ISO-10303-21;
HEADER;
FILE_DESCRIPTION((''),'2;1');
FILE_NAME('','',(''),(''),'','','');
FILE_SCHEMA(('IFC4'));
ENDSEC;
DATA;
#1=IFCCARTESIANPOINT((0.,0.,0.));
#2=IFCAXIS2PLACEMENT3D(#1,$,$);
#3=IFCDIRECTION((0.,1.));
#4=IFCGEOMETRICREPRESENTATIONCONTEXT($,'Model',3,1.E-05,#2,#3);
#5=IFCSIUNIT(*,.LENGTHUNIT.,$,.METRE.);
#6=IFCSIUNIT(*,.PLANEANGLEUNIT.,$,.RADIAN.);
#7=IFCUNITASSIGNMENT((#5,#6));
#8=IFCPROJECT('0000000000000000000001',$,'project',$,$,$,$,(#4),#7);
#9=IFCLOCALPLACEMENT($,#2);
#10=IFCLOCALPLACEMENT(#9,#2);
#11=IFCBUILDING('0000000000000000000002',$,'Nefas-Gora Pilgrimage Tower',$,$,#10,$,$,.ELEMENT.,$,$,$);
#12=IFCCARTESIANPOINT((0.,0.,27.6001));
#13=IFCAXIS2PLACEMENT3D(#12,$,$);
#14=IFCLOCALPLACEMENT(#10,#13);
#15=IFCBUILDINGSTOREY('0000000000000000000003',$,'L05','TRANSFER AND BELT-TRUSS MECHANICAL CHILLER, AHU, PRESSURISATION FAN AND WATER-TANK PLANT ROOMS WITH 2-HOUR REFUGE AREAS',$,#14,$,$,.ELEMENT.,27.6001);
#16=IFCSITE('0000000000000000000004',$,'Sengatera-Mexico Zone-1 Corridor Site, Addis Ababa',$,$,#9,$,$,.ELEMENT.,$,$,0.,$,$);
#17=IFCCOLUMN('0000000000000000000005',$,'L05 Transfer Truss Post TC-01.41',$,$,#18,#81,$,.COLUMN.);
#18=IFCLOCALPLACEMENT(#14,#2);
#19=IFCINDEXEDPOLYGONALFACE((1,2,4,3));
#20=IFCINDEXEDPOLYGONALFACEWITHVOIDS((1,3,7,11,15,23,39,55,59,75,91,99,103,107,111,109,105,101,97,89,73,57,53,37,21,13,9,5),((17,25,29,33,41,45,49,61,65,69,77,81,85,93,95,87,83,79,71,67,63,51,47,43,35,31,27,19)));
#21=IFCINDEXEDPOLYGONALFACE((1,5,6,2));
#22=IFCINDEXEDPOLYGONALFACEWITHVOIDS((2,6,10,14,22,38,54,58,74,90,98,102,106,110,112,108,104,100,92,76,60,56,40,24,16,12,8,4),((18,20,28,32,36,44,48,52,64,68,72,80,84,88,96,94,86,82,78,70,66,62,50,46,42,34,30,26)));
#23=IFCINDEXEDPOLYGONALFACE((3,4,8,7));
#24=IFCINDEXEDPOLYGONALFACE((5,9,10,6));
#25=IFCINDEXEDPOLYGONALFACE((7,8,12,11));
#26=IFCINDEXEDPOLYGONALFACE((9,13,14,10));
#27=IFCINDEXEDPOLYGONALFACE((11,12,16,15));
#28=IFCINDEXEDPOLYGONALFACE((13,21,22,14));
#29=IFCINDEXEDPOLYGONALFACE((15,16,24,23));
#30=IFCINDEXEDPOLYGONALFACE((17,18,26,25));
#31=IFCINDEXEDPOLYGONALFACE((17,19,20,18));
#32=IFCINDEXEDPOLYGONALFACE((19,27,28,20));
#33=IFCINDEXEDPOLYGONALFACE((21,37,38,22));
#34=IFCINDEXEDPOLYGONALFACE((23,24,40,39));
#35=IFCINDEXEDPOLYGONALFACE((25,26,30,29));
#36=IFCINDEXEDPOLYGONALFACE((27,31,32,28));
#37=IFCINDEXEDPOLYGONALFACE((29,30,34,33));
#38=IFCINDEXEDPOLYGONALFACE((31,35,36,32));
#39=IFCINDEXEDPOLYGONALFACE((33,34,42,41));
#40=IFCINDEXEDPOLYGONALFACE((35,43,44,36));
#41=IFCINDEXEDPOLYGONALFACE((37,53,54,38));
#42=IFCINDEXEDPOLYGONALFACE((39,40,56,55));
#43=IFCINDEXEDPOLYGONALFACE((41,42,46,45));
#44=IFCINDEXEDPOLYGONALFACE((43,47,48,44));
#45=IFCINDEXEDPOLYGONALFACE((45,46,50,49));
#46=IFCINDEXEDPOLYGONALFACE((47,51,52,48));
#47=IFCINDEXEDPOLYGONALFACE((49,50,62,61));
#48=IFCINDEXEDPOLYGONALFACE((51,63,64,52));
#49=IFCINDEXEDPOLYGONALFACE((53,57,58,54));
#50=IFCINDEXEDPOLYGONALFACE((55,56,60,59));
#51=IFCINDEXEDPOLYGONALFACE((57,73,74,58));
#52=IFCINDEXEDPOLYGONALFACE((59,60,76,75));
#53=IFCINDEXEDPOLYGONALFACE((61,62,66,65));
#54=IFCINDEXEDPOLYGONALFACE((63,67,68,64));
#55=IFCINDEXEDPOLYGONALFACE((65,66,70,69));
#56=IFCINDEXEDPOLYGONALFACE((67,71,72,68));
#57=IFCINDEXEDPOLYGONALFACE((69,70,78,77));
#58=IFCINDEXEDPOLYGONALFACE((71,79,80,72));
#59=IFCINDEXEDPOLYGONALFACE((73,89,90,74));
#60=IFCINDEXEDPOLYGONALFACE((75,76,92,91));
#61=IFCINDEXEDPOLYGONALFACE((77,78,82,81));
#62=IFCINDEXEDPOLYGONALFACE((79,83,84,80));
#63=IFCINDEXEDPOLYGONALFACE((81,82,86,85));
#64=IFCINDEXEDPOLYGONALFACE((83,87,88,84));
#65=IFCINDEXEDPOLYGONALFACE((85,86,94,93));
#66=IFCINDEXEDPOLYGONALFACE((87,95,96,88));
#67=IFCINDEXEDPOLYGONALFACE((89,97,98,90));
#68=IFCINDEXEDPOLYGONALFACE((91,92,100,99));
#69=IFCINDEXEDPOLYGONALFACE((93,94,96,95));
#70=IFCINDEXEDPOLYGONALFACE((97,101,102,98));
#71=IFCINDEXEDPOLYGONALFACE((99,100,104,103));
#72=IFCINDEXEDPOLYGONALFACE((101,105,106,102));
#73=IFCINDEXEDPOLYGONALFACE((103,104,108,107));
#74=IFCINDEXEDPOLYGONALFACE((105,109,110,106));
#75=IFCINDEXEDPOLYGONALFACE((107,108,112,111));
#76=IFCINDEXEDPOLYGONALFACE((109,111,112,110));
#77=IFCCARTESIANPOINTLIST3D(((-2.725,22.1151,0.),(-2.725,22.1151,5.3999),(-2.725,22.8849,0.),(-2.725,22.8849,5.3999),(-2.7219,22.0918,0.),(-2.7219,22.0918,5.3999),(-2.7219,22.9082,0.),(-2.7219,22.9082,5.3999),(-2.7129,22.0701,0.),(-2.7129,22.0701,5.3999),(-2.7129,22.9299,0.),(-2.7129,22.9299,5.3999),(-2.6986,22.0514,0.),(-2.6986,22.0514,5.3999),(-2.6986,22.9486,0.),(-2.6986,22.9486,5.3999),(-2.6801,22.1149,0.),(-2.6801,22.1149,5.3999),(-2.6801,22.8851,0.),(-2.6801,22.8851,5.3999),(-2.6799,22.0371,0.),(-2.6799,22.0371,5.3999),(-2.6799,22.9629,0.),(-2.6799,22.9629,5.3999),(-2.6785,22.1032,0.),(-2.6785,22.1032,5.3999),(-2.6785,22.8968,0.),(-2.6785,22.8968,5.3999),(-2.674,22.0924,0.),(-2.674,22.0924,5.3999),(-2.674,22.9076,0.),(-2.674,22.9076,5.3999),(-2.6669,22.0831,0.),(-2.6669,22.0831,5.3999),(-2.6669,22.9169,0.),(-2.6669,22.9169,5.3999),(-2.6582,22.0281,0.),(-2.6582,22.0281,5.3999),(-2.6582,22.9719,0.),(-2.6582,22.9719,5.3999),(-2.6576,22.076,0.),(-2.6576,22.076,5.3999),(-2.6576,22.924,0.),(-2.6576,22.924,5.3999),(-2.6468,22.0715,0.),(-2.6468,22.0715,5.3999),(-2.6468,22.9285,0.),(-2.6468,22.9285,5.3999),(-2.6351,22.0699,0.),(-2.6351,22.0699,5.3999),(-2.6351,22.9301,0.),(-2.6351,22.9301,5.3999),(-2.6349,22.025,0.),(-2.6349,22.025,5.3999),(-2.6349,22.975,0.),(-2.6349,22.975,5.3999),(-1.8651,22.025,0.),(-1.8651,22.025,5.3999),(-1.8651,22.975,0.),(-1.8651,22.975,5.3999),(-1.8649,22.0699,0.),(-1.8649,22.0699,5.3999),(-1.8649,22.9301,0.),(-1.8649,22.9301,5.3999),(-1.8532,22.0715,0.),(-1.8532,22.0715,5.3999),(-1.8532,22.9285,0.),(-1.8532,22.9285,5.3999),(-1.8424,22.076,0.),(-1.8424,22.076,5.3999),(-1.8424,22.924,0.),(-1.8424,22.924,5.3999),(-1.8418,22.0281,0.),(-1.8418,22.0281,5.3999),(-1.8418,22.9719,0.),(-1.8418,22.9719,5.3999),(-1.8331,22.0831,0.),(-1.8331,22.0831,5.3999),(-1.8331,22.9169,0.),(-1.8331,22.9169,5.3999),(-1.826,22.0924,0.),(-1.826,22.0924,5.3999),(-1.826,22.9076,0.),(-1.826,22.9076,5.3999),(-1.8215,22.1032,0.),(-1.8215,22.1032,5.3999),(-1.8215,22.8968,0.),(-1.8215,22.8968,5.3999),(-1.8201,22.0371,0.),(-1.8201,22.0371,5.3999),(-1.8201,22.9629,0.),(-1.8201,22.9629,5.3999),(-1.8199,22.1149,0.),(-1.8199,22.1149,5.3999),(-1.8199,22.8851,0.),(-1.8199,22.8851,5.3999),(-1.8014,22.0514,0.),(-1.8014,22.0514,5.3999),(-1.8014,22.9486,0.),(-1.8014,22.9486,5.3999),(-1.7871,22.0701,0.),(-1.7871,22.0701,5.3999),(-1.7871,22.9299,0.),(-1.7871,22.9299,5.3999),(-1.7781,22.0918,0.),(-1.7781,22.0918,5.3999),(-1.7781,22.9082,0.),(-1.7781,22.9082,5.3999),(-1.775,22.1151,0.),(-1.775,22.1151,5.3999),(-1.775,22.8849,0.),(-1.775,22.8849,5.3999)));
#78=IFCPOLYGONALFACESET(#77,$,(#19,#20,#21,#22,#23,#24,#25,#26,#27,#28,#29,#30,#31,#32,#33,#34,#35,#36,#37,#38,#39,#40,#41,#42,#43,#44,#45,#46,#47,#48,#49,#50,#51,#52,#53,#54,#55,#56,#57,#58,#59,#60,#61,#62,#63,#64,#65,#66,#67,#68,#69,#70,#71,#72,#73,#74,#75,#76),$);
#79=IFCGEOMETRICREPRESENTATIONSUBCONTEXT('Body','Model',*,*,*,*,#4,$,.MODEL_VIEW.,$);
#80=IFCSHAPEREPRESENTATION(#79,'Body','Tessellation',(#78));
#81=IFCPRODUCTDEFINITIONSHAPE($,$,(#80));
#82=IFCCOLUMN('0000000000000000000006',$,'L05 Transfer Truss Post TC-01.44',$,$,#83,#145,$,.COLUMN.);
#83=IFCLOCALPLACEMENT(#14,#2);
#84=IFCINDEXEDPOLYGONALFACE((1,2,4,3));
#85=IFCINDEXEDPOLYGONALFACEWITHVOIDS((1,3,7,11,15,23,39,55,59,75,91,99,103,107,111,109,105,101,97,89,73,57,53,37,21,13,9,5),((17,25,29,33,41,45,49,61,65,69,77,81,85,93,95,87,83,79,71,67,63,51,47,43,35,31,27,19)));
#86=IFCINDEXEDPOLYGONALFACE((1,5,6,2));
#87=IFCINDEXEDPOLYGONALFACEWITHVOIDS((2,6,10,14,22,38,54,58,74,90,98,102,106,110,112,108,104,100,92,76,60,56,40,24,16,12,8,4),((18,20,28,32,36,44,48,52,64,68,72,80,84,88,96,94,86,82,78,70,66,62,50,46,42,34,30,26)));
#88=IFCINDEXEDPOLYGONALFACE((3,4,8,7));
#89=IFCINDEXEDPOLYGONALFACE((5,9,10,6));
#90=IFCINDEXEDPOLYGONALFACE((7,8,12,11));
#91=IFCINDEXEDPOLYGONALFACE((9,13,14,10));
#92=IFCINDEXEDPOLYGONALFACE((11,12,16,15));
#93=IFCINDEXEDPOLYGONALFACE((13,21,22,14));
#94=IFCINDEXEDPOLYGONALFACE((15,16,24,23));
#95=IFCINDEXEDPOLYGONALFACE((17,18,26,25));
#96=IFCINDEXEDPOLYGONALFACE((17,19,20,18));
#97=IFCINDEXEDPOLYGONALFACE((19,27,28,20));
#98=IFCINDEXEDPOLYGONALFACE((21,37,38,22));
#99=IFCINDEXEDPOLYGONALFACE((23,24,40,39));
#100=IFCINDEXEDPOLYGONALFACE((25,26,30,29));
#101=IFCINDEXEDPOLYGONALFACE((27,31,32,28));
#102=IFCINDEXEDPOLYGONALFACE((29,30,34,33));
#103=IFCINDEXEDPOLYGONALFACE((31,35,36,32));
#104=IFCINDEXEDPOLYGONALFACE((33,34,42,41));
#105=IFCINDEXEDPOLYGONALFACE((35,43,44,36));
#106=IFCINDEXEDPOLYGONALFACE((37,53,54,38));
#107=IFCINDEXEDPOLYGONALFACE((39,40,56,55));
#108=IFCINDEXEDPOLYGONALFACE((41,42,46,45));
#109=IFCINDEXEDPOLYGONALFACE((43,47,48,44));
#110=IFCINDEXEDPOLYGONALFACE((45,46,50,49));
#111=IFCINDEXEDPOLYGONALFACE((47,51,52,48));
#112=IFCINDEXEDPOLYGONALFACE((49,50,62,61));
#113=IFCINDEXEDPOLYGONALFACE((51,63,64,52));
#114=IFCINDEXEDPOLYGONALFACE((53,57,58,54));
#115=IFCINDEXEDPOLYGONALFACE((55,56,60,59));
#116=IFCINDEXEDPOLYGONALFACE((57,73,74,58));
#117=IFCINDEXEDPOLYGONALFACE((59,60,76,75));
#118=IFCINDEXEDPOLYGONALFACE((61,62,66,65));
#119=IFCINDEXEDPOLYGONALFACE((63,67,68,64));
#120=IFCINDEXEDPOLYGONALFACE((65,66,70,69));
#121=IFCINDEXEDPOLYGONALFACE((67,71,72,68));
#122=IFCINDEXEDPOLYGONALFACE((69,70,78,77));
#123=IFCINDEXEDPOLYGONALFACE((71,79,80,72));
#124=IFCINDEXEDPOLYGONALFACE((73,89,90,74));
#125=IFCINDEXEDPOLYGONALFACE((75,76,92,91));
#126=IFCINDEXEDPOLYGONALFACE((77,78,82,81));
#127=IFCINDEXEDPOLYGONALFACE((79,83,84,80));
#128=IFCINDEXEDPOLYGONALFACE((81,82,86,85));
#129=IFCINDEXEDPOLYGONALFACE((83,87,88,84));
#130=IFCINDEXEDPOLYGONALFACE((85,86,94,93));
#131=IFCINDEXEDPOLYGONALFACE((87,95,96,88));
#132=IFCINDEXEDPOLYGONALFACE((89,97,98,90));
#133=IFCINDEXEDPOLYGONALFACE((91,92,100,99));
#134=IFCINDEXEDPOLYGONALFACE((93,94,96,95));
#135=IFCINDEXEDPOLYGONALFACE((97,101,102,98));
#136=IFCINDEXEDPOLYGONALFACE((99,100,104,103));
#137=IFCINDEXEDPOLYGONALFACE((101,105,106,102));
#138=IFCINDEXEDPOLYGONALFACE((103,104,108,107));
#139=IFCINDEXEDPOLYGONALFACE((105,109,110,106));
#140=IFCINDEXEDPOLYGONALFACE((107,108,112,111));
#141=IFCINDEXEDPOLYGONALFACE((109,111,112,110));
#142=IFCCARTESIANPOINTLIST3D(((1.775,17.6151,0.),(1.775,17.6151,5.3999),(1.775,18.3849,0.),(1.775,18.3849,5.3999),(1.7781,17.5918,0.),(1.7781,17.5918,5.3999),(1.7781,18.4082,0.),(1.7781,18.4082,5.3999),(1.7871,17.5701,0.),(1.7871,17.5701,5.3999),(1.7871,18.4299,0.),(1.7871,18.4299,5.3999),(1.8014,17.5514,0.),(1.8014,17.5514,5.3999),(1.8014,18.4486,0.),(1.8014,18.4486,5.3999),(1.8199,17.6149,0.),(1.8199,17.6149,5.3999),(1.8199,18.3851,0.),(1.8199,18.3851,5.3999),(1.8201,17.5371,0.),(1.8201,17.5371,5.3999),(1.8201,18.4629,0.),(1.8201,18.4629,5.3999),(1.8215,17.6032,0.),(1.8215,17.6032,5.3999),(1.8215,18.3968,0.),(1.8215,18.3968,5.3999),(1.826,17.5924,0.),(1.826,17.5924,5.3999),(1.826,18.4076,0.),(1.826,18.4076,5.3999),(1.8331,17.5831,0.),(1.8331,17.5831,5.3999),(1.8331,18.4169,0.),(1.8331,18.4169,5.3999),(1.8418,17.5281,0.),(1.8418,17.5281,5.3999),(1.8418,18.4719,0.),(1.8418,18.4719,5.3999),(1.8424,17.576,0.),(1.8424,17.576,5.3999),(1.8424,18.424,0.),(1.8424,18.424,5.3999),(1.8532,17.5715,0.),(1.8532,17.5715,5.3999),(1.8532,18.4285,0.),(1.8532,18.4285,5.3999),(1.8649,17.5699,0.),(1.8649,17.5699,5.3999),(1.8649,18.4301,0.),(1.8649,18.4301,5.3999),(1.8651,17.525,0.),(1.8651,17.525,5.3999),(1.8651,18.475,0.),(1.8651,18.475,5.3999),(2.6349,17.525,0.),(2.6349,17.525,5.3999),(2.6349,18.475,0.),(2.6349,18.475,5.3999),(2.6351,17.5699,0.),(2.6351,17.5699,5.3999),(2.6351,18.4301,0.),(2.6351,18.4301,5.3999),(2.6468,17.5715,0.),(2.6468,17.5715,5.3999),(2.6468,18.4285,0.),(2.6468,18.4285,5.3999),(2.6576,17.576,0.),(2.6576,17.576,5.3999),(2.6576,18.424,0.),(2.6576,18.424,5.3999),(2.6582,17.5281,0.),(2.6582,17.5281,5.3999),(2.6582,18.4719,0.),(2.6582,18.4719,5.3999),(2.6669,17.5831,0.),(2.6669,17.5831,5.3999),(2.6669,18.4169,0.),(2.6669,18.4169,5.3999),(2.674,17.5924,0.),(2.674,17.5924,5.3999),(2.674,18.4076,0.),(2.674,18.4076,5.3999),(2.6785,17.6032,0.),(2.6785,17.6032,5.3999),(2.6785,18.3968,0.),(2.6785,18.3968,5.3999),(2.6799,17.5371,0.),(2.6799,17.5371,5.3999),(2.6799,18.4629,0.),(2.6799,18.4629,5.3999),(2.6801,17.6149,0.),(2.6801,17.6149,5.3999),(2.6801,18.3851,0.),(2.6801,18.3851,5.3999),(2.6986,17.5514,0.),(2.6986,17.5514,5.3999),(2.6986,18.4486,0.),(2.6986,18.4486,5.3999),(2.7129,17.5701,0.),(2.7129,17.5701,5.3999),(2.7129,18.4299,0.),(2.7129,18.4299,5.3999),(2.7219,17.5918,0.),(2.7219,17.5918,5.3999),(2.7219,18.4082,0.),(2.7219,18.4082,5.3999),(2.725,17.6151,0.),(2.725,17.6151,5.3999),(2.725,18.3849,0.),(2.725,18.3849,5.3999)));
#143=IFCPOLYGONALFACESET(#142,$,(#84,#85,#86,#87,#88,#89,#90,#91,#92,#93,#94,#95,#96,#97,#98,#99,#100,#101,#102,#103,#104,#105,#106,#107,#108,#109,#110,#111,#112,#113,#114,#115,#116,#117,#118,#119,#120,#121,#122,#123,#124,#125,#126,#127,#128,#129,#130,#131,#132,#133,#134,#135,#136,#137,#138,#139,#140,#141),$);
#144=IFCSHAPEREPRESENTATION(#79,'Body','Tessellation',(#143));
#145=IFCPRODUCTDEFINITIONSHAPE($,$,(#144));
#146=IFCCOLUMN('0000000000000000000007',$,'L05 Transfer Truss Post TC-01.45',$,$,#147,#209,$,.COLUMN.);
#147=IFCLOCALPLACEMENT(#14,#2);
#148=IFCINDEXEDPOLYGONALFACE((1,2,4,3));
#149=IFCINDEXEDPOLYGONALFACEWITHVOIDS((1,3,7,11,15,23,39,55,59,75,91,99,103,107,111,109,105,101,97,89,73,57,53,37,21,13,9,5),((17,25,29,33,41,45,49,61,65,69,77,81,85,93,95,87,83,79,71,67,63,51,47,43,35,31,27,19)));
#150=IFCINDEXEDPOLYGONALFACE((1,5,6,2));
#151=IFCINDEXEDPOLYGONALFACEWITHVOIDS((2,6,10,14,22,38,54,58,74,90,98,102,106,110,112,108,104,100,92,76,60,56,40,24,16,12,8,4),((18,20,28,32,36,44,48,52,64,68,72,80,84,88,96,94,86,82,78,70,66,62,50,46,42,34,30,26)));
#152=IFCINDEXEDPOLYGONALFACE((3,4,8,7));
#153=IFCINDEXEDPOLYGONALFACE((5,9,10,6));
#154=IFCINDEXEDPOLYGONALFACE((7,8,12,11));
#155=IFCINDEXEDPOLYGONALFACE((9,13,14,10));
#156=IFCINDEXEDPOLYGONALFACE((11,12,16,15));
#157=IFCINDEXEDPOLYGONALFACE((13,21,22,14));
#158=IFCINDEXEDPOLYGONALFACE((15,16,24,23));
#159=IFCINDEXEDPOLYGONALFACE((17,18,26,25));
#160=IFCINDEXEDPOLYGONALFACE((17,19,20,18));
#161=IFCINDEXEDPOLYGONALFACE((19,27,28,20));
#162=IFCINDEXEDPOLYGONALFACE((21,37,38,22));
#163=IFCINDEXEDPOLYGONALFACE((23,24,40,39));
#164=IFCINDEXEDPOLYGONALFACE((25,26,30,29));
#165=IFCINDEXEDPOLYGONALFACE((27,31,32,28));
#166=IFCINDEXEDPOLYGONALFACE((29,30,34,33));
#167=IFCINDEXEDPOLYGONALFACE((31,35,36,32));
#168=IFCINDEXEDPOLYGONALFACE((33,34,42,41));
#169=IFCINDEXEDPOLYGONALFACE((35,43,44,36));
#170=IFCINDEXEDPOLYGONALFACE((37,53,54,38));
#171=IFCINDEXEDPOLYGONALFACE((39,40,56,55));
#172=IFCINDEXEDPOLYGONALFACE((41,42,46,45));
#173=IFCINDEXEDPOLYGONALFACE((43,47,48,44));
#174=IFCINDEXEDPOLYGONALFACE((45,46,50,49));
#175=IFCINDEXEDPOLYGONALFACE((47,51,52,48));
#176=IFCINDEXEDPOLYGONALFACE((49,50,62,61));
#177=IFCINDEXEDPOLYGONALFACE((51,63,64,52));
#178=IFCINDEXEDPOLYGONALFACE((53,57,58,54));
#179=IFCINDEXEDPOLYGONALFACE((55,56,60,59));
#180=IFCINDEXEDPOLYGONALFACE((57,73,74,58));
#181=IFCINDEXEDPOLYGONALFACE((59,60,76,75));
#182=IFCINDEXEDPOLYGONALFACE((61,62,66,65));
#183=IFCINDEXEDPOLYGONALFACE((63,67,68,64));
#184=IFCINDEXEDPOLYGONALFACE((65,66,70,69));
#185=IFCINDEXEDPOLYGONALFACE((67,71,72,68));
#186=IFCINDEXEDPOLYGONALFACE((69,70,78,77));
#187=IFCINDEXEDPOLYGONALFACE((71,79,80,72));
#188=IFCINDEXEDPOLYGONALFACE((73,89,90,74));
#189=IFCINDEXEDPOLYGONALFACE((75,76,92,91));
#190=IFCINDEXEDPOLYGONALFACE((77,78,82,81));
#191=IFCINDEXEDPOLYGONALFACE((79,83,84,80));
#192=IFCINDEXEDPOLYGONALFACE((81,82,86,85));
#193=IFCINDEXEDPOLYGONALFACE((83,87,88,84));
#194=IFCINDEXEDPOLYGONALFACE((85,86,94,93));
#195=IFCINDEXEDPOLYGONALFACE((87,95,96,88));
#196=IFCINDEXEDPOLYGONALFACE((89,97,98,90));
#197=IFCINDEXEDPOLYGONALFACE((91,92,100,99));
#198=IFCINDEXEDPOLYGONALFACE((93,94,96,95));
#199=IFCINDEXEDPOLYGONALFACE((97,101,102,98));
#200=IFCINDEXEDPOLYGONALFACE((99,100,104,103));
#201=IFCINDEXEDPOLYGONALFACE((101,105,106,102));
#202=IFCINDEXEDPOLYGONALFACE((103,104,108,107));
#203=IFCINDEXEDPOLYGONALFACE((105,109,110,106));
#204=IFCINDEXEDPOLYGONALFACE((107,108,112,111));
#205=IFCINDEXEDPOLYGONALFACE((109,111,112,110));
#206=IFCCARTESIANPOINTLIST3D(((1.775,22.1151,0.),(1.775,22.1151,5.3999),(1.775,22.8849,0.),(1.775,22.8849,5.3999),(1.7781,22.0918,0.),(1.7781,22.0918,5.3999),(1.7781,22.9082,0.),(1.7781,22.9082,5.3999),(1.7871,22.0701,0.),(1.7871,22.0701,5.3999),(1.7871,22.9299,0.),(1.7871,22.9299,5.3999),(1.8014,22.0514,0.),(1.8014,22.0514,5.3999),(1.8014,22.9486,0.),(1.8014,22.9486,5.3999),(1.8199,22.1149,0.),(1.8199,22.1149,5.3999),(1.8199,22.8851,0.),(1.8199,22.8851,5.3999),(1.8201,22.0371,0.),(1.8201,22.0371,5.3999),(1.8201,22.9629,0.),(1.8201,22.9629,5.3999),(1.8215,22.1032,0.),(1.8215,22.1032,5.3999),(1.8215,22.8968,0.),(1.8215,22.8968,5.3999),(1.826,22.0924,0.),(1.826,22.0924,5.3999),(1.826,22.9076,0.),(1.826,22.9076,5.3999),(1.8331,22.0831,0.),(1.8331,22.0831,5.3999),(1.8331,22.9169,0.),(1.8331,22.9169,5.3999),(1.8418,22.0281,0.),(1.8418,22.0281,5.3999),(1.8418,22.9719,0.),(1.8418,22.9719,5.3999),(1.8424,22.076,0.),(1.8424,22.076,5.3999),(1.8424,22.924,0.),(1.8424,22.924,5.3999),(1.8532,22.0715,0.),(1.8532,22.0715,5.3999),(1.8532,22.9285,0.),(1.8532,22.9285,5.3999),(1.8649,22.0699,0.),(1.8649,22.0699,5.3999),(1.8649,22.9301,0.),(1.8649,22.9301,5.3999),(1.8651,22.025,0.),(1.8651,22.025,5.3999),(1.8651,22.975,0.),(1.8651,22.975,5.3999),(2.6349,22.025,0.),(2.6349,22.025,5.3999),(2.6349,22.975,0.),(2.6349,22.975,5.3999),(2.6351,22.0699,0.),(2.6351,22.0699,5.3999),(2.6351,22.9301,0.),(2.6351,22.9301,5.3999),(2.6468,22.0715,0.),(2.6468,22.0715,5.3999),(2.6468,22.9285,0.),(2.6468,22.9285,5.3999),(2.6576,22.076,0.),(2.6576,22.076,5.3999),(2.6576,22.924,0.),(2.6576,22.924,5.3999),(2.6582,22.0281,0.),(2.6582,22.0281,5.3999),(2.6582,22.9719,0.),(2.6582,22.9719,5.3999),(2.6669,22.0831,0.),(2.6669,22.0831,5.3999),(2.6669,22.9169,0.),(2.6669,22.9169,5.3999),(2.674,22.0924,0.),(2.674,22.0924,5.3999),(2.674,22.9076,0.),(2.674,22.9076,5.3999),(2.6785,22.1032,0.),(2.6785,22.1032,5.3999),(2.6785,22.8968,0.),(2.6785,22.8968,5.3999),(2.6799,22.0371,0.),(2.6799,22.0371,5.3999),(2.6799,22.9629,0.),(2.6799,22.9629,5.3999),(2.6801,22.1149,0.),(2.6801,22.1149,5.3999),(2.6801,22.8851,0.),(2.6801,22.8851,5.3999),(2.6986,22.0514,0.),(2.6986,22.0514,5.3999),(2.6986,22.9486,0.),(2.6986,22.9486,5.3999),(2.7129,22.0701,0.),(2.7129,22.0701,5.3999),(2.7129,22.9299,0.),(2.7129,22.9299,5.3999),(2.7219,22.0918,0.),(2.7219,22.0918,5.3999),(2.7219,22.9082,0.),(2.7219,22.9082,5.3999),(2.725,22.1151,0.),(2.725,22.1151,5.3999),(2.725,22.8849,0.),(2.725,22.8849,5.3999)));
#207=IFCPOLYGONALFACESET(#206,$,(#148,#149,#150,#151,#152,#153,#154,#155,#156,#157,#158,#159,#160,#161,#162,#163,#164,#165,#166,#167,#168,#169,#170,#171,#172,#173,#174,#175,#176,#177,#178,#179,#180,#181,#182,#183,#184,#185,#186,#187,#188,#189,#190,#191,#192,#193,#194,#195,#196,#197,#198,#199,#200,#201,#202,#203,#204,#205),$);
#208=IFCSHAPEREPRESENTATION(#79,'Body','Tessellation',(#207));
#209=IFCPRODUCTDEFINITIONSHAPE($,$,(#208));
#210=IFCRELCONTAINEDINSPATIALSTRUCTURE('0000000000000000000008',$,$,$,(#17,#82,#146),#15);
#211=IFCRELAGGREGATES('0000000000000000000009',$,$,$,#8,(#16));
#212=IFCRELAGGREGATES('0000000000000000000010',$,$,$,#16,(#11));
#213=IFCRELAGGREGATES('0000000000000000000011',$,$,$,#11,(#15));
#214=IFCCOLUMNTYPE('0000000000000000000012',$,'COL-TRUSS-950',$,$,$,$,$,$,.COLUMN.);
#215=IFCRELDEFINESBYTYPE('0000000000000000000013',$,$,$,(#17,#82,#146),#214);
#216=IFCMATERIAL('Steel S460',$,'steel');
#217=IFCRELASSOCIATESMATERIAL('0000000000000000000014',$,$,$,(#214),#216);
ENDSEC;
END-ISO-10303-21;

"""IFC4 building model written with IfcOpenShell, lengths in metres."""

from ifc_helpers import new_model, si_unit, direction, frame, origin, origin_2d, place, context, subcontext, project, spatial, hollow_rectangle, extrude, source, transform, mapped, material, material_profile, profile_set, type_object, element, save


model = new_model("IFC4")

# Units and contexts
model_context = context("Model", 3, precision=1e-05, world=origin(), true_north=direction((0.0, 1.0)))
body_context = subcontext(model_context, "Body", "Model", "MODEL_VIEW")
ifc_project = project(units=[si_unit("LENGTHUNIT", "METRE"), si_unit("PLANEANGLEUNIT", "RADIAN")], contexts=[model_context])

# Site, building, storey
site_placement = place(None, origin())
site = spatial("IfcSite", under=ifc_project, at=site_placement, Name="Sengatera-Mexico Zone-1 Corridor Site, Addis Ababa", CompositionType="ELEMENT", RefElevation=0.0)
building_placement = place(site_placement, origin())
building = spatial("IfcBuilding", under=site, at=building_placement, Name="Nefas-Gora Pilgrimage Tower", CompositionType="ELEMENT")
storey_placement = place(building_placement, frame((0.0, 0.0, 27.6001)))
storey = spatial("IfcBuildingStorey", under=building, at=storey_placement, Name="L05", Description="TRANSFER AND BELT-TRUSS MECHANICAL CHILLER, AHU, PRESSURISATION FAN AND WATER-TANK PLANT ROOMS WITH 2-HOUR REFUGE AREAS", CompositionType="ELEMENT", Elevation=27.6001)

# Columns
ifc_material = material(Name="Steel S460", Category="steel")
ifc_material_profile_1 = material_profile(ifc_material, hollow_rectangle(XDim=0.95, YDim=0.95, WallThickness=0.0449, InnerFilletRadius=0.0449, OuterFilletRadius=0.0901, at=origin_2d()), Name="BOX 950x950x45")
ifc_profile_set_1 = profile_set([ifc_material_profile_1], Name="Steel S460")
column_type_1 = type_object("IfcColumnType", Name="COL-TRUSS-950", PredefinedType="COLUMN", material=ifc_profile_set_1)
shared_shape_1 = source(origin(), body_context, "Body", "SweptSolid", [
    extrude(hollow_rectangle(XDim=0.95, YDim=0.95, WallThickness=0.0449, InnerFilletRadius=0.0449, OuterFilletRadius=0.0901, at=origin_2d()), origin(), (0.0, 0.0, 1.0), 5.3999),
])
for number, where, z_axis, x_axis, name in (
    (1, (-2.25, 22.5, 0.0), (0.0, 0.0, 1.0), (1.0, 0.0, 0.0), "L05 Transfer Truss Post TC-01.41"),
    (2, (2.25, 18.0, 0.0), (0.0, 0.0, 1.0), (1.0, 0.0, 0.0), "L05 Transfer Truss Post TC-01.44"),
    (3, (2.25, 22.5, 0.0), (0.0, 0.0, 1.0), (1.0, 0.0, 0.0), "L05 Transfer Truss Post TC-01.45"),
):
    element("IfcColumn", number, at=place(storey_placement, frame(where, z_axis=z_axis, x_axis=x_axis)), inside=storey, type_object=column_type_1, Name=name, PredefinedType="COLUMN", context=body_context, shape_type="MappedRepresentation", body=[
        mapped(shared_shape_1, transform((0.0, 0.0, 0.0), x_axis=(1.0, 0.0, 0.0), y_axis=(0.0, 1.0, 0.0), z_axis=(0.0, 0.0, 1.0), scale=1.0)),
    ])

save(model, "model.ifc")
